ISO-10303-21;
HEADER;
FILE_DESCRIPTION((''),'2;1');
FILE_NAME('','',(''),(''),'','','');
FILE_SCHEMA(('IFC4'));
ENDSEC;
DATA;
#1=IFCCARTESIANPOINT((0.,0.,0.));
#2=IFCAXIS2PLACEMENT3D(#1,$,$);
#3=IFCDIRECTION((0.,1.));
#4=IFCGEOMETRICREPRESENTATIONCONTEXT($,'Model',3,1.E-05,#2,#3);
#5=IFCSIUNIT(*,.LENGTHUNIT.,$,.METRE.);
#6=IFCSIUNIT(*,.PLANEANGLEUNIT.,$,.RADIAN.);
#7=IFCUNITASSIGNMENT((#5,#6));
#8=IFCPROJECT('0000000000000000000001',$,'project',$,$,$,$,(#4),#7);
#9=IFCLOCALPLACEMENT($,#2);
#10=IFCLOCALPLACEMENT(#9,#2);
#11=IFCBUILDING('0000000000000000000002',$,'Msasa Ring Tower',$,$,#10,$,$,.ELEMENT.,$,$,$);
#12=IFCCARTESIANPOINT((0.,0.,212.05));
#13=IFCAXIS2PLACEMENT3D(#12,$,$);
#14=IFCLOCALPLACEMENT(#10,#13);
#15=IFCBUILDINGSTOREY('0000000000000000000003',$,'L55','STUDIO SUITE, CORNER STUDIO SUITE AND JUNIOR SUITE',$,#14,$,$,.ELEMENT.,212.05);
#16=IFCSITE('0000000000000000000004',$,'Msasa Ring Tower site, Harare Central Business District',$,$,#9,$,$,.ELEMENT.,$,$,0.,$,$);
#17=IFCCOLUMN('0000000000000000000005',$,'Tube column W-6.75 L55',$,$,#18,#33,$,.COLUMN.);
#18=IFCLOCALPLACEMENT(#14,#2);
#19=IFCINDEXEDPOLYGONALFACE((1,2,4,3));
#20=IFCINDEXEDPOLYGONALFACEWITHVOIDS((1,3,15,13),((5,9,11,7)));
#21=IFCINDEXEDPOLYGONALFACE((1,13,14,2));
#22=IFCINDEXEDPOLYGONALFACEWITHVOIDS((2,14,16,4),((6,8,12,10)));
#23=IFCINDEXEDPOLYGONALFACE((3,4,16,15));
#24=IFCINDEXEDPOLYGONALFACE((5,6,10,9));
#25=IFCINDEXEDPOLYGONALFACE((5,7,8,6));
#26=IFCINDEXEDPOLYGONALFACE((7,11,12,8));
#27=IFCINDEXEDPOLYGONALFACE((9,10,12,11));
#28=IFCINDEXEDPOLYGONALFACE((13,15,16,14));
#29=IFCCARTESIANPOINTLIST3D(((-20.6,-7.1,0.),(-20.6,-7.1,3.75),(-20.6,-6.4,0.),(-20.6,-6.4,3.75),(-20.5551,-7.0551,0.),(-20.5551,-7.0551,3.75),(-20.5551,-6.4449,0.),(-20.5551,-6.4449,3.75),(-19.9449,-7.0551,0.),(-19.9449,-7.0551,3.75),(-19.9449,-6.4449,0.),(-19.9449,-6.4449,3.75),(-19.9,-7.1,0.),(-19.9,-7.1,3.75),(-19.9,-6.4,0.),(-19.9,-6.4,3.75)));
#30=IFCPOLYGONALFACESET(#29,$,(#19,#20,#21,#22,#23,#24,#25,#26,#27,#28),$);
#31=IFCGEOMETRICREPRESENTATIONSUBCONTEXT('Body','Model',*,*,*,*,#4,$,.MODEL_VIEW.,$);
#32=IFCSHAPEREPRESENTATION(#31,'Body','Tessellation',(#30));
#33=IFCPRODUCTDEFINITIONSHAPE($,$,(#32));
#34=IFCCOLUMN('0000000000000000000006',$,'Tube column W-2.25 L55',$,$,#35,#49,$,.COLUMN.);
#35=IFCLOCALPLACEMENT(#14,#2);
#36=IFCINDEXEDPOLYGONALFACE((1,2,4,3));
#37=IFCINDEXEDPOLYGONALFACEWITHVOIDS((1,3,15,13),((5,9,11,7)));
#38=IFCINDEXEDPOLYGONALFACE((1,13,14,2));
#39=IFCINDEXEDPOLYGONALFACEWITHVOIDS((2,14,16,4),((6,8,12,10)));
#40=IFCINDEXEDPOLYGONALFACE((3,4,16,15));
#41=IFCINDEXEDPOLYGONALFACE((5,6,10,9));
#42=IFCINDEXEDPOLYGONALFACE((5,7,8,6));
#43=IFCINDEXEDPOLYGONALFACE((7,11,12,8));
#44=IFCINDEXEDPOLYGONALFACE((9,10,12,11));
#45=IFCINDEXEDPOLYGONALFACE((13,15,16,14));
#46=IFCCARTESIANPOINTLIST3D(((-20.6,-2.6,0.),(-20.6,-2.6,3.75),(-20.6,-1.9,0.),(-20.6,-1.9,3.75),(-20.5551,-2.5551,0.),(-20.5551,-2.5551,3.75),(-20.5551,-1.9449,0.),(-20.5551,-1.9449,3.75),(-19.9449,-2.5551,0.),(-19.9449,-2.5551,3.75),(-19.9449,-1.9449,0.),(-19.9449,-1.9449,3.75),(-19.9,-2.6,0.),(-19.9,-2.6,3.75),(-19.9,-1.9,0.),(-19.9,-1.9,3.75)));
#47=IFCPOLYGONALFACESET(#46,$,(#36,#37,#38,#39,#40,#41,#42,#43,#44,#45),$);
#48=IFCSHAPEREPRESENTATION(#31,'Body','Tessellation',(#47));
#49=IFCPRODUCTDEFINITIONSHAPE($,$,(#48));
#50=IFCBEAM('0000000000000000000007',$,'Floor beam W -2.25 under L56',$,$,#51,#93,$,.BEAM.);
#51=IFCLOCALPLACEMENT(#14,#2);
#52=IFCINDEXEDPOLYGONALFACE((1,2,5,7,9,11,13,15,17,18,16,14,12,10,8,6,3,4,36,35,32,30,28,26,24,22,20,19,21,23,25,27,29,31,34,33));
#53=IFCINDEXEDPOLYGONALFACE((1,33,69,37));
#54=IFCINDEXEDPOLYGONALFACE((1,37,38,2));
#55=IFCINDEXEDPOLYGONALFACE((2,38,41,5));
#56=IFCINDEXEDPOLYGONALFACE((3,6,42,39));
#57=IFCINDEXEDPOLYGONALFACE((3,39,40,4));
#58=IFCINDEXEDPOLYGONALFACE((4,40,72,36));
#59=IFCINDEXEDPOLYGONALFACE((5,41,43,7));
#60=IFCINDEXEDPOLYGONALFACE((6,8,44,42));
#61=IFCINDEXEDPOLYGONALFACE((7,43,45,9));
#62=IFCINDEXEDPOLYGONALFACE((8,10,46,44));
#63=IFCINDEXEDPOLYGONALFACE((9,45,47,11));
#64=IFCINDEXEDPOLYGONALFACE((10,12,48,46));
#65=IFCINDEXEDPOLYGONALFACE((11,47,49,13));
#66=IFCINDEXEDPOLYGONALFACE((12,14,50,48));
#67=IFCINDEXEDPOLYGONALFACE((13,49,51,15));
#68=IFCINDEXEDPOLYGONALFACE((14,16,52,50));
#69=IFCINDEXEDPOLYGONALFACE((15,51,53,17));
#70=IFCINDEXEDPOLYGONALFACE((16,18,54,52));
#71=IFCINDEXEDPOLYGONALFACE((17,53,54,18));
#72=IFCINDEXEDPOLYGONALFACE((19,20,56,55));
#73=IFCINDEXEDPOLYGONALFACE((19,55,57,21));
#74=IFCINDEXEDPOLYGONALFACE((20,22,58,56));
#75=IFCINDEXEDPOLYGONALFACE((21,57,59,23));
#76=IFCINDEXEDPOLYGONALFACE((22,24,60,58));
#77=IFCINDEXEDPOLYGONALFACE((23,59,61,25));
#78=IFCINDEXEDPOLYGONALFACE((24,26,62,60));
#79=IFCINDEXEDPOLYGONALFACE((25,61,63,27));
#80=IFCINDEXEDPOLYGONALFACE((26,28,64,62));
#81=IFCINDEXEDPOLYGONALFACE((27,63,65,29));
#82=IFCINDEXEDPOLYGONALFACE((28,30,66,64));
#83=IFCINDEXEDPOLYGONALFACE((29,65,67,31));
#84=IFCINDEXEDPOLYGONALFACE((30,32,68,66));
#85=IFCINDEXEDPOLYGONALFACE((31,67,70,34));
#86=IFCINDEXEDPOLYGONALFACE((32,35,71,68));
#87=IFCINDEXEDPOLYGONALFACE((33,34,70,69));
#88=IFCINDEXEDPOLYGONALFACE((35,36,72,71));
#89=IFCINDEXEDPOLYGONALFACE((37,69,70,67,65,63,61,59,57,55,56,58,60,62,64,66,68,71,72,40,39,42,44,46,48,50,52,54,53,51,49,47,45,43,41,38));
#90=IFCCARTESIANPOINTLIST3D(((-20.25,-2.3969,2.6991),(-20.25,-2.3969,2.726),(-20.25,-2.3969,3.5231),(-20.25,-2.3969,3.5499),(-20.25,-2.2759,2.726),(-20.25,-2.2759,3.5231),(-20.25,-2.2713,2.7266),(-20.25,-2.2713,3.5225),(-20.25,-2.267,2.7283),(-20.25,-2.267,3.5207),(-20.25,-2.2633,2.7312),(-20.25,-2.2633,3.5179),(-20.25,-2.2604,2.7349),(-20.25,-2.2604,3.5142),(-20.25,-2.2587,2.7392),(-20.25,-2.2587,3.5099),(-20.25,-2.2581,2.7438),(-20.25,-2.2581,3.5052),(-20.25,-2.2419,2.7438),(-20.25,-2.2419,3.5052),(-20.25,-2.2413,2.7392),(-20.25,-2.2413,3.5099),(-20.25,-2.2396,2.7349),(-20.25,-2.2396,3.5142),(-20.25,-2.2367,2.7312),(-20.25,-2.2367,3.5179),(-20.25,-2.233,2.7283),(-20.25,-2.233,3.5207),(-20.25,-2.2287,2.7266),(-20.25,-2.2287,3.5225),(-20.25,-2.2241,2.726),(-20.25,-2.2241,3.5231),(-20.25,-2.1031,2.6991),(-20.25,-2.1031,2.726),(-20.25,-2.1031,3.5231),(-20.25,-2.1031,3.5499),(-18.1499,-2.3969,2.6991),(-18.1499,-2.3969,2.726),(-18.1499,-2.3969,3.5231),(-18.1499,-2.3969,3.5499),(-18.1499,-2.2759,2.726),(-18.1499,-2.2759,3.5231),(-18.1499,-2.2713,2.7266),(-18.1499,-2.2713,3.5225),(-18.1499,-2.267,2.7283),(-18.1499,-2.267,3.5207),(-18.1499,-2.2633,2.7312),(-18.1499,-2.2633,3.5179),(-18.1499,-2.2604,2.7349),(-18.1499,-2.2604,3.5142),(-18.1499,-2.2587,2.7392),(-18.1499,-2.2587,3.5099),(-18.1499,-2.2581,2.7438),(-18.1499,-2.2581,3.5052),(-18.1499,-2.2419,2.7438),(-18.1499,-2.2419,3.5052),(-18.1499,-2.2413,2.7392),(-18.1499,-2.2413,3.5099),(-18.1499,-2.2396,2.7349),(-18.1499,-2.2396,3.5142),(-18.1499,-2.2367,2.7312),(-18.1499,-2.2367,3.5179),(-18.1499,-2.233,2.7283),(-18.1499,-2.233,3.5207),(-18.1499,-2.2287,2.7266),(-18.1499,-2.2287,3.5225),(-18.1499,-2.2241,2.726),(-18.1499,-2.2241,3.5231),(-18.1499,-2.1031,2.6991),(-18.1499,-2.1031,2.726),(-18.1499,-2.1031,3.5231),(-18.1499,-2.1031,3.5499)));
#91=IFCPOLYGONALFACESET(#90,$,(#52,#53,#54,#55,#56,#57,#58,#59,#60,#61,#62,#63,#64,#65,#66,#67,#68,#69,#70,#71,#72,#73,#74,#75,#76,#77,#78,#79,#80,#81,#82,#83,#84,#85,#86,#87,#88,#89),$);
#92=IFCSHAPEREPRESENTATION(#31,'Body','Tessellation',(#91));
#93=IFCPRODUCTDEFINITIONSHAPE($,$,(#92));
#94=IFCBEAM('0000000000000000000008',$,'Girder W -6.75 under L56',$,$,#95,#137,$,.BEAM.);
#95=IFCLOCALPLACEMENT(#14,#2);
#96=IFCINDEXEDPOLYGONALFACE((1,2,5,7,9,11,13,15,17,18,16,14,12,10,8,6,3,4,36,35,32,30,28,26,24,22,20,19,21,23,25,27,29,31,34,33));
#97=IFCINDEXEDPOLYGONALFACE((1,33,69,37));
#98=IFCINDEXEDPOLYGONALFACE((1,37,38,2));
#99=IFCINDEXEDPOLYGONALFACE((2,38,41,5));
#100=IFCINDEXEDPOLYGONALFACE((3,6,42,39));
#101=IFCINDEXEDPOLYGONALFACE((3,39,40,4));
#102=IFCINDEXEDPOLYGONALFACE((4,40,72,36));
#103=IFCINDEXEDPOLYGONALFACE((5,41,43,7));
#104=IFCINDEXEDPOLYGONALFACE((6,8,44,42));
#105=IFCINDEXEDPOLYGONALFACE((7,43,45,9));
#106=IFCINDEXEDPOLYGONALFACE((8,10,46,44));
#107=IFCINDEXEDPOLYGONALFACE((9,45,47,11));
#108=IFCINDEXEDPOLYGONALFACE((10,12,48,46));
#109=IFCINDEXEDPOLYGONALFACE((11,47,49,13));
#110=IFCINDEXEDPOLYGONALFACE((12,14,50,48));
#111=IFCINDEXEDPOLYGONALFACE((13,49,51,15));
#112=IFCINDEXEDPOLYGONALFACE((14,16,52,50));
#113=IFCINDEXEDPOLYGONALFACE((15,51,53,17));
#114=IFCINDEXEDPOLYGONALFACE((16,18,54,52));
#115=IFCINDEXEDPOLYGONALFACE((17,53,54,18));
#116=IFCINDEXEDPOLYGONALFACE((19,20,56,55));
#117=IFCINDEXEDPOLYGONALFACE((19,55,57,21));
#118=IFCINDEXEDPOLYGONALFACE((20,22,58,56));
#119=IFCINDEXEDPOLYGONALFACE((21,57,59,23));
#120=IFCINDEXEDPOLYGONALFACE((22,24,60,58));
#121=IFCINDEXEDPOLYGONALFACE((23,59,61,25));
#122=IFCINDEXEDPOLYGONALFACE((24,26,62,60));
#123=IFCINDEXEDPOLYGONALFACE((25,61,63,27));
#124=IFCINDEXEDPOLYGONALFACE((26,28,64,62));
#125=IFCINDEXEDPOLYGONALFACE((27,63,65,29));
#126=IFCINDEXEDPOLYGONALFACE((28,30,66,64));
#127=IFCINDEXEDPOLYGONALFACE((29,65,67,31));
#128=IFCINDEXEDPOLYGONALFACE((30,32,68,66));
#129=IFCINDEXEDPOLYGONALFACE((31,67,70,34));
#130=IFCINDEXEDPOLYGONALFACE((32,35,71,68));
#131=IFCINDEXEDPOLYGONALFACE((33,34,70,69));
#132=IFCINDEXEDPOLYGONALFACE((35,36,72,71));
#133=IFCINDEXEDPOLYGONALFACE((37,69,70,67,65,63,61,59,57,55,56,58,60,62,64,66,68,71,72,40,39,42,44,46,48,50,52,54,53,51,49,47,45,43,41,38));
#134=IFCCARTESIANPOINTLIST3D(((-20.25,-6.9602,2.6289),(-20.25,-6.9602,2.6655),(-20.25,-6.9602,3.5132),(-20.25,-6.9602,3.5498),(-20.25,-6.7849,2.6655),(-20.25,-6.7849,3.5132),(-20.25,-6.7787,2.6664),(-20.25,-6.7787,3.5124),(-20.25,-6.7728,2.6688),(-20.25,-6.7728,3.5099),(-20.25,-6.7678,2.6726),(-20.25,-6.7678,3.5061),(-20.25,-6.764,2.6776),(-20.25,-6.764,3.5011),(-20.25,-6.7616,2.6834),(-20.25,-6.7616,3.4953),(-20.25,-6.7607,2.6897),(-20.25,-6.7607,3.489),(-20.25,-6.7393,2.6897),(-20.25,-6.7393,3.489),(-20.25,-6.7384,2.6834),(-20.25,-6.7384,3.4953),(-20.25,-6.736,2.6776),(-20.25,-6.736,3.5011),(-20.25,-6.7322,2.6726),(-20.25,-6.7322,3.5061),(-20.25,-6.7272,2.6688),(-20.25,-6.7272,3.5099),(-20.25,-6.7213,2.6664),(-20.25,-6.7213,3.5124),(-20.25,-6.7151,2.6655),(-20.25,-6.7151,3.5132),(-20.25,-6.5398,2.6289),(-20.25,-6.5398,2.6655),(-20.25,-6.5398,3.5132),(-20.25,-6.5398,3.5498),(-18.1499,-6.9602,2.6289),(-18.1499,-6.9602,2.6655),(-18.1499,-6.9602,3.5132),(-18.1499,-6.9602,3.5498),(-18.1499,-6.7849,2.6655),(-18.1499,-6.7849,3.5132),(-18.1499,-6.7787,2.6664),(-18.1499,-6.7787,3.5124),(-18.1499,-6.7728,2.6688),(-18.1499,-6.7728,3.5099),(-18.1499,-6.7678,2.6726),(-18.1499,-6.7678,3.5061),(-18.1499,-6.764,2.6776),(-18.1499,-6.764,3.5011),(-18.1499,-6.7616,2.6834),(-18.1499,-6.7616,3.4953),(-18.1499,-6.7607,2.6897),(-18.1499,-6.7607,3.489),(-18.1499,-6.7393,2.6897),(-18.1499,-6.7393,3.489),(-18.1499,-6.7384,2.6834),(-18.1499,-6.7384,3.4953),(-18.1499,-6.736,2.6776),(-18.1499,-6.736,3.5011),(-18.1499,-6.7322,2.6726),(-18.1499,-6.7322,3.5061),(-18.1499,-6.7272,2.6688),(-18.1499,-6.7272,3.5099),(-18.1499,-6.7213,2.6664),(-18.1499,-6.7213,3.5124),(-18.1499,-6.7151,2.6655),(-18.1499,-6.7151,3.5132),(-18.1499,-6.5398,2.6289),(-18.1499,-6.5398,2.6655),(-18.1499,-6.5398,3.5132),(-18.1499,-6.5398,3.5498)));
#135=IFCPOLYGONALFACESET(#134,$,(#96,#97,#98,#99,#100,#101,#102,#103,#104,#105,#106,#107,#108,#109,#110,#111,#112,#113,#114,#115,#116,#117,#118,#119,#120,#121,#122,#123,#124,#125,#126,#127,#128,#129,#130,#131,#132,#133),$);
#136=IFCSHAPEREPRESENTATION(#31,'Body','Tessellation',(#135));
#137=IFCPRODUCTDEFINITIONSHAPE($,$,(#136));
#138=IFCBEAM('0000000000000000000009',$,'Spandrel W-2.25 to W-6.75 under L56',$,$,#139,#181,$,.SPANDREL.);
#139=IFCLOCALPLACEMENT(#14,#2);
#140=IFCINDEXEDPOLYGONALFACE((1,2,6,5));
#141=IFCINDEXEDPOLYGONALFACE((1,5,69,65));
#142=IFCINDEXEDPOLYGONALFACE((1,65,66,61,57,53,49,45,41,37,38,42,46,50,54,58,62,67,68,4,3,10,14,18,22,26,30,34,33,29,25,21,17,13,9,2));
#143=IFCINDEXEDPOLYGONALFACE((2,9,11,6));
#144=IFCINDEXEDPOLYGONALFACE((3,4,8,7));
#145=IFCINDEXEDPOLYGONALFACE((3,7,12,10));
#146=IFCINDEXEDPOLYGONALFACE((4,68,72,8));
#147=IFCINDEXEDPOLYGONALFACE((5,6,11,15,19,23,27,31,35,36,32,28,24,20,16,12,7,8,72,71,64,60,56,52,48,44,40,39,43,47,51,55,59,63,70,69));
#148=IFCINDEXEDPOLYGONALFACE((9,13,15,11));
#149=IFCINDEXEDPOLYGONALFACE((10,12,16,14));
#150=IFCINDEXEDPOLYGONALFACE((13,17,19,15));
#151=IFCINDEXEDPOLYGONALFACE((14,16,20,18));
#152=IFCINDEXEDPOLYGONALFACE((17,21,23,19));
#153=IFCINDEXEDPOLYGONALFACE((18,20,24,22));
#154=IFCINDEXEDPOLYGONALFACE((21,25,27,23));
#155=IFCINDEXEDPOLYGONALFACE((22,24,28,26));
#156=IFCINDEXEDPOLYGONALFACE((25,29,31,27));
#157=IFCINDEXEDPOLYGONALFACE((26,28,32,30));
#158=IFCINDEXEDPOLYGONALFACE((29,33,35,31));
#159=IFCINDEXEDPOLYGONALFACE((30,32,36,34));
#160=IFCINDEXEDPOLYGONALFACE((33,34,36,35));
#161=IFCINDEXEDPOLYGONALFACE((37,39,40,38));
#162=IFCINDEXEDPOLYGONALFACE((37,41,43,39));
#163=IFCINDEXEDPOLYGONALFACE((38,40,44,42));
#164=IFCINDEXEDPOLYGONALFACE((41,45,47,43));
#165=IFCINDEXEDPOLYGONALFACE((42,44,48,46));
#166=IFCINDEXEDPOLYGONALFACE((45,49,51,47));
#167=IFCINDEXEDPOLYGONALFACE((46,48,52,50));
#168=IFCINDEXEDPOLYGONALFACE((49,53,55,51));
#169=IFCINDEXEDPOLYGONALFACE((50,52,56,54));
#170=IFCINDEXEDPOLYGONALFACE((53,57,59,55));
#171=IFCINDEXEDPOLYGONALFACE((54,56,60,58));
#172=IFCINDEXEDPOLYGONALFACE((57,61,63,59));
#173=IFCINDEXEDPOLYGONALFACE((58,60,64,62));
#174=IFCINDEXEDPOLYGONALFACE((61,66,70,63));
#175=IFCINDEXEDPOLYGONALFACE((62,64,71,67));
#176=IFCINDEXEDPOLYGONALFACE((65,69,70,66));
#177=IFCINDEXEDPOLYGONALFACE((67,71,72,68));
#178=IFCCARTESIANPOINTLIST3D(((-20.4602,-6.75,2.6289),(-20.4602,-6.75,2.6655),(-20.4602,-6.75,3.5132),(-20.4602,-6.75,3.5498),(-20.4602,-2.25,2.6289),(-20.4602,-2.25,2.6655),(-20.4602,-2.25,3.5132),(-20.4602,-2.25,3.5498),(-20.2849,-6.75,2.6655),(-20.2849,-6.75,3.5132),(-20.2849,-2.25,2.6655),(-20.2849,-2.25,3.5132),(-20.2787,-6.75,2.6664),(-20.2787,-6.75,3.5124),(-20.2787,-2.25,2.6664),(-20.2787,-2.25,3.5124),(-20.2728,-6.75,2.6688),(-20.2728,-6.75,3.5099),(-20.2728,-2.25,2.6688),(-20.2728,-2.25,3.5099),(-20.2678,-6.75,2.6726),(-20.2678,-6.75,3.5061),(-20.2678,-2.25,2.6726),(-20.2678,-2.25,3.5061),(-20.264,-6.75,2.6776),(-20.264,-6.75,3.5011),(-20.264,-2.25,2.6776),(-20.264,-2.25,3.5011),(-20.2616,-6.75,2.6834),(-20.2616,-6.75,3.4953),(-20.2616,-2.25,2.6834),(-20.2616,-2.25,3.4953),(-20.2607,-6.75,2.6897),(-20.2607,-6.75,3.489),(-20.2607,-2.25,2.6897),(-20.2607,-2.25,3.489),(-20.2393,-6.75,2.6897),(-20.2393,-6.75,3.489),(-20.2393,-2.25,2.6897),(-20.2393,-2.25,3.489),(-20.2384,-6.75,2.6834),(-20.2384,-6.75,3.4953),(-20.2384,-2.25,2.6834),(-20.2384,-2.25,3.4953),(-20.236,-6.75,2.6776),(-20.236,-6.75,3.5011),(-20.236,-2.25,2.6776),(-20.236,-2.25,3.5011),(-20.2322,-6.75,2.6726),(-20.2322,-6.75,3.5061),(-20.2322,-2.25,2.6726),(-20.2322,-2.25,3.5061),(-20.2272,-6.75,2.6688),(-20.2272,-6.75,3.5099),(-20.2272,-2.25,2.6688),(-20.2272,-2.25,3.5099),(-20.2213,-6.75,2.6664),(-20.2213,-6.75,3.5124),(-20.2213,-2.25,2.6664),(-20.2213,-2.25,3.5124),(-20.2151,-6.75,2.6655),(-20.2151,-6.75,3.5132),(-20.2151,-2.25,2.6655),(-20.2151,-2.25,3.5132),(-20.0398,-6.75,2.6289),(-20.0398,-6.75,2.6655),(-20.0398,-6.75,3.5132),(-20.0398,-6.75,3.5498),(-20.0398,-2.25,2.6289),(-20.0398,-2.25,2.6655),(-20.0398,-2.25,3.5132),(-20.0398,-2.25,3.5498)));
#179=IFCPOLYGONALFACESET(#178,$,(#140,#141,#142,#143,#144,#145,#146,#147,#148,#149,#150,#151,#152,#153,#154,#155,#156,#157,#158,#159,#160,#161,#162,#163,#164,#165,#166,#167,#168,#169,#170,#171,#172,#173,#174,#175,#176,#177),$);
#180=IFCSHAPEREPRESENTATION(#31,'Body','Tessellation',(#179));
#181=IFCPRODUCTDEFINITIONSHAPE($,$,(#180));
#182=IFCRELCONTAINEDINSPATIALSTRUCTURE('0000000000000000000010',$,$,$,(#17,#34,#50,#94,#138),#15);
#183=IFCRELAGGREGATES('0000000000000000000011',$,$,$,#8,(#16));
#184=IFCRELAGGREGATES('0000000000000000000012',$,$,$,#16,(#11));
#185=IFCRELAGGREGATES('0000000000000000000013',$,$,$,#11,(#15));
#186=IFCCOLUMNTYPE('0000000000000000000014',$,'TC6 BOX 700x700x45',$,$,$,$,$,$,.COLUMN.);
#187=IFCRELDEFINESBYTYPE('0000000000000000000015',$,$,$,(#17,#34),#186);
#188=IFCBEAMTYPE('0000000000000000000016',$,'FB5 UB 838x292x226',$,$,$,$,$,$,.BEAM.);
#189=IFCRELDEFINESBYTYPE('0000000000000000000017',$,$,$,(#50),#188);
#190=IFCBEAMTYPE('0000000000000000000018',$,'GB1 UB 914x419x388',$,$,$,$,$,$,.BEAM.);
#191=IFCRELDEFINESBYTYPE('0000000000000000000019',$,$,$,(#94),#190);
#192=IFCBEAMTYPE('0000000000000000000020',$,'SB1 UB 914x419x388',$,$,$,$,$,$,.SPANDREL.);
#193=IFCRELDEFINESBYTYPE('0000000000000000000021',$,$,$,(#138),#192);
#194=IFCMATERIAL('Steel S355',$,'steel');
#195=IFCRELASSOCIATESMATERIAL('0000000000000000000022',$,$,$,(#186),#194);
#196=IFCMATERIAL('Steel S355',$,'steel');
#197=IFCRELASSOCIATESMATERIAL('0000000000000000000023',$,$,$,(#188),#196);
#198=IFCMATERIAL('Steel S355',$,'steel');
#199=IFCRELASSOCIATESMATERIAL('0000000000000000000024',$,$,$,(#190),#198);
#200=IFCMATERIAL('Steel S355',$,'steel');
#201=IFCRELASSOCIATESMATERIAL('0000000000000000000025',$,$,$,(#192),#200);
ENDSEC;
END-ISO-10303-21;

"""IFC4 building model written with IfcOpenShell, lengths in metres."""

from ifc_helpers import new_model, si_unit, direction, frame, origin, origin_2d, place, context, subcontext, project, spatial, hollow_rectangle, i_section, extrude, material, material_profile, profile_set, type_object, element, save


model = new_model("IFC4")

# Units and contexts
model_context = context("Model", 3, precision=1e-05, world=origin(), true_north=direction((0.0, 1.0)))
body_context = subcontext(model_context, "Body", "Model", "MODEL_VIEW")
ifc_project = project(units=[si_unit("LENGTHUNIT", "METRE"), si_unit("PLANEANGLEUNIT", "RADIAN")], contexts=[model_context])

# Site, building, storey
site_placement = place(None, origin())
site = spatial("IfcSite", under=ifc_project, at=site_placement, Name="Msasa Ring Tower site, Harare Central Business District", CompositionType="ELEMENT", RefElevation=0.0)
building_placement = place(site_placement, origin())
building = spatial("IfcBuilding", under=site, at=building_placement, Name="Msasa Ring Tower", CompositionType="ELEMENT")
storey_placement = place(building_placement, frame((0.0, 0.0, 212.05)))
storey = spatial("IfcBuildingStorey", under=building, at=storey_placement, Name="L55", Description="STUDIO SUITE, CORNER STUDIO SUITE AND JUNIOR SUITE", CompositionType="ELEMENT", Elevation=212.05)

# Columns
ifc_material_1 = material(Name="Steel S355", Category="steel")
ifc_material_profile_1 = material_profile(ifc_material_1, hollow_rectangle(XDim=0.7, YDim=0.7, WallThickness=0.0449, at=origin_2d()), Name="BOX 700x700x45")
ifc_profile_set_1 = profile_set([ifc_material_profile_1], Name="Steel S355")
column_type = type_object("IfcColumnType", Name="TC6 BOX 700x700x45", PredefinedType="COLUMN", material=ifc_profile_set_1)
for number, where, z_axis, x_axis, name in (
    (1, (-20.25, -6.75, 0.0), (0.0, 0.0, 1.0), (1.0, 0.0, 0.0), "Tube column W-6.75 L55"),
    (2, (-20.25, -2.25, 0.0), (0.0, 0.0, 1.0), (1.0, 0.0, 0.0), "Tube column W-2.25 L55"),
):
    element("IfcColumn", number, at=place(storey_placement, frame(where, z_axis=z_axis, x_axis=x_axis)), inside=storey, type_object=column_type, Name=name, PredefinedType="COLUMN", context=body_context, shape_type="SweptSolid", body=[
        extrude(hollow_rectangle(XDim=0.7, YDim=0.7, WallThickness=0.0449, at=origin_2d()), origin(), (0.0, 0.0, 1.0), 3.75),
    ])

# Beams
ifc_material_2 = material(Name="Steel S355", Category="steel")
ifc_material_profile_2 = material_profile(ifc_material_2, i_section(OverallWidth=0.2937, OverallDepth=0.8508, WebThickness=0.0161, FlangeThickness=0.0269, FilletRadius=0.0178, at=origin_2d()), Name="UB 838x292x226")
ifc_profile_set_2 = profile_set([ifc_material_profile_2], Name="Steel S355")
beam_type_1 = type_object("IfcBeamType", Name="FB5 UB 838x292x226", PredefinedType="BEAM", material=ifc_profile_set_2)
beam_1_placement = place(storey_placement, frame((-20.25, -2.25, 3.1245), z_axis=(1.0, 0.0, 0.0), x_axis=(0.0, 1.0, 0.0)))
element("IfcBeam", 3, at=beam_1_placement, inside=storey, type_object=beam_type_1, Name="Floor beam W -2.25 under L56", PredefinedType="BEAM", context=body_context, shape_type="SweptSolid", body=[
    extrude(i_section(OverallWidth=0.2937, OverallDepth=0.8508, WebThickness=0.0161, FlangeThickness=0.0269, FilletRadius=0.0178, at=origin_2d()), origin(), (0.0, 0.0, 1.0), 2.1001),
])
ifc_material_3 = material(Name="Steel S355", Category="steel")
ifc_material_profile_3 = material_profile(ifc_material_3, i_section(OverallWidth=0.4204, OverallDepth=0.9209, WebThickness=0.0215, FlangeThickness=0.0366, FilletRadius=0.0242, at=origin_2d()), Name="UB 914x419x388")
ifc_profile_set_3 = profile_set([ifc_material_profile_3], Name="Steel S355")
beam_type_2 = type_object("IfcBeamType", Name="GB1 UB 914x419x388", PredefinedType="BEAM", material=ifc_profile_set_3)
beam_2_placement = place(storey_placement, frame((-18.1499, -6.75, 3.0894), z_axis=(-1.0, 0.0, 0.0), x_axis=(0.0, -1.0, 0.0)))
element("IfcBeam", 4, at=beam_2_placement, inside=storey, type_object=beam_type_2, Name="Girder W -6.75 under L56", PredefinedType="BEAM", context=body_context, shape_type="SweptSolid", body=[
    extrude(i_section(OverallWidth=0.4204, OverallDepth=0.9209, WebThickness=0.0215, FlangeThickness=0.0366, FilletRadius=0.0242, at=origin_2d()), origin(), (0.0, 0.0, 1.0), 2.1001),
])
ifc_material_4 = material(Name="Steel S355", Category="steel")
ifc_material_profile_4 = material_profile(ifc_material_4, i_section(OverallWidth=0.4204, OverallDepth=0.9209, WebThickness=0.0215, FlangeThickness=0.0366, FilletRadius=0.0242, at=origin_2d()), Name="UB 914x419x388")
ifc_profile_set_4 = profile_set([ifc_material_profile_4], Name="Steel S355")
beam_type_3 = type_object("IfcBeamType", Name="SB1 UB 914x419x388", PredefinedType="SPANDREL", material=ifc_profile_set_4)
for number, where, z_axis, x_axis, name in (
    (5, (-20.25, -2.25, 3.0894), (0.0, -1.0, 0.0), (1.0, 0.0, 0.0), "Spandrel W-2.25 to W-6.75 under L56"),
):
    element("IfcBeam", number, at=place(storey_placement, frame(where, z_axis=z_axis, x_axis=x_axis)), inside=storey, type_object=beam_type_3, Name=name, PredefinedType="SPANDREL", context=body_context, shape_type="SweptSolid", body=[
        extrude(i_section(OverallWidth=0.4204, OverallDepth=0.9209, WebThickness=0.0215, FlangeThickness=0.0366, FilletRadius=0.0242, at=origin_2d()), origin(), (0.0, 0.0, 1.0), 4.5),
    ])

save(model, "model.ifc")
